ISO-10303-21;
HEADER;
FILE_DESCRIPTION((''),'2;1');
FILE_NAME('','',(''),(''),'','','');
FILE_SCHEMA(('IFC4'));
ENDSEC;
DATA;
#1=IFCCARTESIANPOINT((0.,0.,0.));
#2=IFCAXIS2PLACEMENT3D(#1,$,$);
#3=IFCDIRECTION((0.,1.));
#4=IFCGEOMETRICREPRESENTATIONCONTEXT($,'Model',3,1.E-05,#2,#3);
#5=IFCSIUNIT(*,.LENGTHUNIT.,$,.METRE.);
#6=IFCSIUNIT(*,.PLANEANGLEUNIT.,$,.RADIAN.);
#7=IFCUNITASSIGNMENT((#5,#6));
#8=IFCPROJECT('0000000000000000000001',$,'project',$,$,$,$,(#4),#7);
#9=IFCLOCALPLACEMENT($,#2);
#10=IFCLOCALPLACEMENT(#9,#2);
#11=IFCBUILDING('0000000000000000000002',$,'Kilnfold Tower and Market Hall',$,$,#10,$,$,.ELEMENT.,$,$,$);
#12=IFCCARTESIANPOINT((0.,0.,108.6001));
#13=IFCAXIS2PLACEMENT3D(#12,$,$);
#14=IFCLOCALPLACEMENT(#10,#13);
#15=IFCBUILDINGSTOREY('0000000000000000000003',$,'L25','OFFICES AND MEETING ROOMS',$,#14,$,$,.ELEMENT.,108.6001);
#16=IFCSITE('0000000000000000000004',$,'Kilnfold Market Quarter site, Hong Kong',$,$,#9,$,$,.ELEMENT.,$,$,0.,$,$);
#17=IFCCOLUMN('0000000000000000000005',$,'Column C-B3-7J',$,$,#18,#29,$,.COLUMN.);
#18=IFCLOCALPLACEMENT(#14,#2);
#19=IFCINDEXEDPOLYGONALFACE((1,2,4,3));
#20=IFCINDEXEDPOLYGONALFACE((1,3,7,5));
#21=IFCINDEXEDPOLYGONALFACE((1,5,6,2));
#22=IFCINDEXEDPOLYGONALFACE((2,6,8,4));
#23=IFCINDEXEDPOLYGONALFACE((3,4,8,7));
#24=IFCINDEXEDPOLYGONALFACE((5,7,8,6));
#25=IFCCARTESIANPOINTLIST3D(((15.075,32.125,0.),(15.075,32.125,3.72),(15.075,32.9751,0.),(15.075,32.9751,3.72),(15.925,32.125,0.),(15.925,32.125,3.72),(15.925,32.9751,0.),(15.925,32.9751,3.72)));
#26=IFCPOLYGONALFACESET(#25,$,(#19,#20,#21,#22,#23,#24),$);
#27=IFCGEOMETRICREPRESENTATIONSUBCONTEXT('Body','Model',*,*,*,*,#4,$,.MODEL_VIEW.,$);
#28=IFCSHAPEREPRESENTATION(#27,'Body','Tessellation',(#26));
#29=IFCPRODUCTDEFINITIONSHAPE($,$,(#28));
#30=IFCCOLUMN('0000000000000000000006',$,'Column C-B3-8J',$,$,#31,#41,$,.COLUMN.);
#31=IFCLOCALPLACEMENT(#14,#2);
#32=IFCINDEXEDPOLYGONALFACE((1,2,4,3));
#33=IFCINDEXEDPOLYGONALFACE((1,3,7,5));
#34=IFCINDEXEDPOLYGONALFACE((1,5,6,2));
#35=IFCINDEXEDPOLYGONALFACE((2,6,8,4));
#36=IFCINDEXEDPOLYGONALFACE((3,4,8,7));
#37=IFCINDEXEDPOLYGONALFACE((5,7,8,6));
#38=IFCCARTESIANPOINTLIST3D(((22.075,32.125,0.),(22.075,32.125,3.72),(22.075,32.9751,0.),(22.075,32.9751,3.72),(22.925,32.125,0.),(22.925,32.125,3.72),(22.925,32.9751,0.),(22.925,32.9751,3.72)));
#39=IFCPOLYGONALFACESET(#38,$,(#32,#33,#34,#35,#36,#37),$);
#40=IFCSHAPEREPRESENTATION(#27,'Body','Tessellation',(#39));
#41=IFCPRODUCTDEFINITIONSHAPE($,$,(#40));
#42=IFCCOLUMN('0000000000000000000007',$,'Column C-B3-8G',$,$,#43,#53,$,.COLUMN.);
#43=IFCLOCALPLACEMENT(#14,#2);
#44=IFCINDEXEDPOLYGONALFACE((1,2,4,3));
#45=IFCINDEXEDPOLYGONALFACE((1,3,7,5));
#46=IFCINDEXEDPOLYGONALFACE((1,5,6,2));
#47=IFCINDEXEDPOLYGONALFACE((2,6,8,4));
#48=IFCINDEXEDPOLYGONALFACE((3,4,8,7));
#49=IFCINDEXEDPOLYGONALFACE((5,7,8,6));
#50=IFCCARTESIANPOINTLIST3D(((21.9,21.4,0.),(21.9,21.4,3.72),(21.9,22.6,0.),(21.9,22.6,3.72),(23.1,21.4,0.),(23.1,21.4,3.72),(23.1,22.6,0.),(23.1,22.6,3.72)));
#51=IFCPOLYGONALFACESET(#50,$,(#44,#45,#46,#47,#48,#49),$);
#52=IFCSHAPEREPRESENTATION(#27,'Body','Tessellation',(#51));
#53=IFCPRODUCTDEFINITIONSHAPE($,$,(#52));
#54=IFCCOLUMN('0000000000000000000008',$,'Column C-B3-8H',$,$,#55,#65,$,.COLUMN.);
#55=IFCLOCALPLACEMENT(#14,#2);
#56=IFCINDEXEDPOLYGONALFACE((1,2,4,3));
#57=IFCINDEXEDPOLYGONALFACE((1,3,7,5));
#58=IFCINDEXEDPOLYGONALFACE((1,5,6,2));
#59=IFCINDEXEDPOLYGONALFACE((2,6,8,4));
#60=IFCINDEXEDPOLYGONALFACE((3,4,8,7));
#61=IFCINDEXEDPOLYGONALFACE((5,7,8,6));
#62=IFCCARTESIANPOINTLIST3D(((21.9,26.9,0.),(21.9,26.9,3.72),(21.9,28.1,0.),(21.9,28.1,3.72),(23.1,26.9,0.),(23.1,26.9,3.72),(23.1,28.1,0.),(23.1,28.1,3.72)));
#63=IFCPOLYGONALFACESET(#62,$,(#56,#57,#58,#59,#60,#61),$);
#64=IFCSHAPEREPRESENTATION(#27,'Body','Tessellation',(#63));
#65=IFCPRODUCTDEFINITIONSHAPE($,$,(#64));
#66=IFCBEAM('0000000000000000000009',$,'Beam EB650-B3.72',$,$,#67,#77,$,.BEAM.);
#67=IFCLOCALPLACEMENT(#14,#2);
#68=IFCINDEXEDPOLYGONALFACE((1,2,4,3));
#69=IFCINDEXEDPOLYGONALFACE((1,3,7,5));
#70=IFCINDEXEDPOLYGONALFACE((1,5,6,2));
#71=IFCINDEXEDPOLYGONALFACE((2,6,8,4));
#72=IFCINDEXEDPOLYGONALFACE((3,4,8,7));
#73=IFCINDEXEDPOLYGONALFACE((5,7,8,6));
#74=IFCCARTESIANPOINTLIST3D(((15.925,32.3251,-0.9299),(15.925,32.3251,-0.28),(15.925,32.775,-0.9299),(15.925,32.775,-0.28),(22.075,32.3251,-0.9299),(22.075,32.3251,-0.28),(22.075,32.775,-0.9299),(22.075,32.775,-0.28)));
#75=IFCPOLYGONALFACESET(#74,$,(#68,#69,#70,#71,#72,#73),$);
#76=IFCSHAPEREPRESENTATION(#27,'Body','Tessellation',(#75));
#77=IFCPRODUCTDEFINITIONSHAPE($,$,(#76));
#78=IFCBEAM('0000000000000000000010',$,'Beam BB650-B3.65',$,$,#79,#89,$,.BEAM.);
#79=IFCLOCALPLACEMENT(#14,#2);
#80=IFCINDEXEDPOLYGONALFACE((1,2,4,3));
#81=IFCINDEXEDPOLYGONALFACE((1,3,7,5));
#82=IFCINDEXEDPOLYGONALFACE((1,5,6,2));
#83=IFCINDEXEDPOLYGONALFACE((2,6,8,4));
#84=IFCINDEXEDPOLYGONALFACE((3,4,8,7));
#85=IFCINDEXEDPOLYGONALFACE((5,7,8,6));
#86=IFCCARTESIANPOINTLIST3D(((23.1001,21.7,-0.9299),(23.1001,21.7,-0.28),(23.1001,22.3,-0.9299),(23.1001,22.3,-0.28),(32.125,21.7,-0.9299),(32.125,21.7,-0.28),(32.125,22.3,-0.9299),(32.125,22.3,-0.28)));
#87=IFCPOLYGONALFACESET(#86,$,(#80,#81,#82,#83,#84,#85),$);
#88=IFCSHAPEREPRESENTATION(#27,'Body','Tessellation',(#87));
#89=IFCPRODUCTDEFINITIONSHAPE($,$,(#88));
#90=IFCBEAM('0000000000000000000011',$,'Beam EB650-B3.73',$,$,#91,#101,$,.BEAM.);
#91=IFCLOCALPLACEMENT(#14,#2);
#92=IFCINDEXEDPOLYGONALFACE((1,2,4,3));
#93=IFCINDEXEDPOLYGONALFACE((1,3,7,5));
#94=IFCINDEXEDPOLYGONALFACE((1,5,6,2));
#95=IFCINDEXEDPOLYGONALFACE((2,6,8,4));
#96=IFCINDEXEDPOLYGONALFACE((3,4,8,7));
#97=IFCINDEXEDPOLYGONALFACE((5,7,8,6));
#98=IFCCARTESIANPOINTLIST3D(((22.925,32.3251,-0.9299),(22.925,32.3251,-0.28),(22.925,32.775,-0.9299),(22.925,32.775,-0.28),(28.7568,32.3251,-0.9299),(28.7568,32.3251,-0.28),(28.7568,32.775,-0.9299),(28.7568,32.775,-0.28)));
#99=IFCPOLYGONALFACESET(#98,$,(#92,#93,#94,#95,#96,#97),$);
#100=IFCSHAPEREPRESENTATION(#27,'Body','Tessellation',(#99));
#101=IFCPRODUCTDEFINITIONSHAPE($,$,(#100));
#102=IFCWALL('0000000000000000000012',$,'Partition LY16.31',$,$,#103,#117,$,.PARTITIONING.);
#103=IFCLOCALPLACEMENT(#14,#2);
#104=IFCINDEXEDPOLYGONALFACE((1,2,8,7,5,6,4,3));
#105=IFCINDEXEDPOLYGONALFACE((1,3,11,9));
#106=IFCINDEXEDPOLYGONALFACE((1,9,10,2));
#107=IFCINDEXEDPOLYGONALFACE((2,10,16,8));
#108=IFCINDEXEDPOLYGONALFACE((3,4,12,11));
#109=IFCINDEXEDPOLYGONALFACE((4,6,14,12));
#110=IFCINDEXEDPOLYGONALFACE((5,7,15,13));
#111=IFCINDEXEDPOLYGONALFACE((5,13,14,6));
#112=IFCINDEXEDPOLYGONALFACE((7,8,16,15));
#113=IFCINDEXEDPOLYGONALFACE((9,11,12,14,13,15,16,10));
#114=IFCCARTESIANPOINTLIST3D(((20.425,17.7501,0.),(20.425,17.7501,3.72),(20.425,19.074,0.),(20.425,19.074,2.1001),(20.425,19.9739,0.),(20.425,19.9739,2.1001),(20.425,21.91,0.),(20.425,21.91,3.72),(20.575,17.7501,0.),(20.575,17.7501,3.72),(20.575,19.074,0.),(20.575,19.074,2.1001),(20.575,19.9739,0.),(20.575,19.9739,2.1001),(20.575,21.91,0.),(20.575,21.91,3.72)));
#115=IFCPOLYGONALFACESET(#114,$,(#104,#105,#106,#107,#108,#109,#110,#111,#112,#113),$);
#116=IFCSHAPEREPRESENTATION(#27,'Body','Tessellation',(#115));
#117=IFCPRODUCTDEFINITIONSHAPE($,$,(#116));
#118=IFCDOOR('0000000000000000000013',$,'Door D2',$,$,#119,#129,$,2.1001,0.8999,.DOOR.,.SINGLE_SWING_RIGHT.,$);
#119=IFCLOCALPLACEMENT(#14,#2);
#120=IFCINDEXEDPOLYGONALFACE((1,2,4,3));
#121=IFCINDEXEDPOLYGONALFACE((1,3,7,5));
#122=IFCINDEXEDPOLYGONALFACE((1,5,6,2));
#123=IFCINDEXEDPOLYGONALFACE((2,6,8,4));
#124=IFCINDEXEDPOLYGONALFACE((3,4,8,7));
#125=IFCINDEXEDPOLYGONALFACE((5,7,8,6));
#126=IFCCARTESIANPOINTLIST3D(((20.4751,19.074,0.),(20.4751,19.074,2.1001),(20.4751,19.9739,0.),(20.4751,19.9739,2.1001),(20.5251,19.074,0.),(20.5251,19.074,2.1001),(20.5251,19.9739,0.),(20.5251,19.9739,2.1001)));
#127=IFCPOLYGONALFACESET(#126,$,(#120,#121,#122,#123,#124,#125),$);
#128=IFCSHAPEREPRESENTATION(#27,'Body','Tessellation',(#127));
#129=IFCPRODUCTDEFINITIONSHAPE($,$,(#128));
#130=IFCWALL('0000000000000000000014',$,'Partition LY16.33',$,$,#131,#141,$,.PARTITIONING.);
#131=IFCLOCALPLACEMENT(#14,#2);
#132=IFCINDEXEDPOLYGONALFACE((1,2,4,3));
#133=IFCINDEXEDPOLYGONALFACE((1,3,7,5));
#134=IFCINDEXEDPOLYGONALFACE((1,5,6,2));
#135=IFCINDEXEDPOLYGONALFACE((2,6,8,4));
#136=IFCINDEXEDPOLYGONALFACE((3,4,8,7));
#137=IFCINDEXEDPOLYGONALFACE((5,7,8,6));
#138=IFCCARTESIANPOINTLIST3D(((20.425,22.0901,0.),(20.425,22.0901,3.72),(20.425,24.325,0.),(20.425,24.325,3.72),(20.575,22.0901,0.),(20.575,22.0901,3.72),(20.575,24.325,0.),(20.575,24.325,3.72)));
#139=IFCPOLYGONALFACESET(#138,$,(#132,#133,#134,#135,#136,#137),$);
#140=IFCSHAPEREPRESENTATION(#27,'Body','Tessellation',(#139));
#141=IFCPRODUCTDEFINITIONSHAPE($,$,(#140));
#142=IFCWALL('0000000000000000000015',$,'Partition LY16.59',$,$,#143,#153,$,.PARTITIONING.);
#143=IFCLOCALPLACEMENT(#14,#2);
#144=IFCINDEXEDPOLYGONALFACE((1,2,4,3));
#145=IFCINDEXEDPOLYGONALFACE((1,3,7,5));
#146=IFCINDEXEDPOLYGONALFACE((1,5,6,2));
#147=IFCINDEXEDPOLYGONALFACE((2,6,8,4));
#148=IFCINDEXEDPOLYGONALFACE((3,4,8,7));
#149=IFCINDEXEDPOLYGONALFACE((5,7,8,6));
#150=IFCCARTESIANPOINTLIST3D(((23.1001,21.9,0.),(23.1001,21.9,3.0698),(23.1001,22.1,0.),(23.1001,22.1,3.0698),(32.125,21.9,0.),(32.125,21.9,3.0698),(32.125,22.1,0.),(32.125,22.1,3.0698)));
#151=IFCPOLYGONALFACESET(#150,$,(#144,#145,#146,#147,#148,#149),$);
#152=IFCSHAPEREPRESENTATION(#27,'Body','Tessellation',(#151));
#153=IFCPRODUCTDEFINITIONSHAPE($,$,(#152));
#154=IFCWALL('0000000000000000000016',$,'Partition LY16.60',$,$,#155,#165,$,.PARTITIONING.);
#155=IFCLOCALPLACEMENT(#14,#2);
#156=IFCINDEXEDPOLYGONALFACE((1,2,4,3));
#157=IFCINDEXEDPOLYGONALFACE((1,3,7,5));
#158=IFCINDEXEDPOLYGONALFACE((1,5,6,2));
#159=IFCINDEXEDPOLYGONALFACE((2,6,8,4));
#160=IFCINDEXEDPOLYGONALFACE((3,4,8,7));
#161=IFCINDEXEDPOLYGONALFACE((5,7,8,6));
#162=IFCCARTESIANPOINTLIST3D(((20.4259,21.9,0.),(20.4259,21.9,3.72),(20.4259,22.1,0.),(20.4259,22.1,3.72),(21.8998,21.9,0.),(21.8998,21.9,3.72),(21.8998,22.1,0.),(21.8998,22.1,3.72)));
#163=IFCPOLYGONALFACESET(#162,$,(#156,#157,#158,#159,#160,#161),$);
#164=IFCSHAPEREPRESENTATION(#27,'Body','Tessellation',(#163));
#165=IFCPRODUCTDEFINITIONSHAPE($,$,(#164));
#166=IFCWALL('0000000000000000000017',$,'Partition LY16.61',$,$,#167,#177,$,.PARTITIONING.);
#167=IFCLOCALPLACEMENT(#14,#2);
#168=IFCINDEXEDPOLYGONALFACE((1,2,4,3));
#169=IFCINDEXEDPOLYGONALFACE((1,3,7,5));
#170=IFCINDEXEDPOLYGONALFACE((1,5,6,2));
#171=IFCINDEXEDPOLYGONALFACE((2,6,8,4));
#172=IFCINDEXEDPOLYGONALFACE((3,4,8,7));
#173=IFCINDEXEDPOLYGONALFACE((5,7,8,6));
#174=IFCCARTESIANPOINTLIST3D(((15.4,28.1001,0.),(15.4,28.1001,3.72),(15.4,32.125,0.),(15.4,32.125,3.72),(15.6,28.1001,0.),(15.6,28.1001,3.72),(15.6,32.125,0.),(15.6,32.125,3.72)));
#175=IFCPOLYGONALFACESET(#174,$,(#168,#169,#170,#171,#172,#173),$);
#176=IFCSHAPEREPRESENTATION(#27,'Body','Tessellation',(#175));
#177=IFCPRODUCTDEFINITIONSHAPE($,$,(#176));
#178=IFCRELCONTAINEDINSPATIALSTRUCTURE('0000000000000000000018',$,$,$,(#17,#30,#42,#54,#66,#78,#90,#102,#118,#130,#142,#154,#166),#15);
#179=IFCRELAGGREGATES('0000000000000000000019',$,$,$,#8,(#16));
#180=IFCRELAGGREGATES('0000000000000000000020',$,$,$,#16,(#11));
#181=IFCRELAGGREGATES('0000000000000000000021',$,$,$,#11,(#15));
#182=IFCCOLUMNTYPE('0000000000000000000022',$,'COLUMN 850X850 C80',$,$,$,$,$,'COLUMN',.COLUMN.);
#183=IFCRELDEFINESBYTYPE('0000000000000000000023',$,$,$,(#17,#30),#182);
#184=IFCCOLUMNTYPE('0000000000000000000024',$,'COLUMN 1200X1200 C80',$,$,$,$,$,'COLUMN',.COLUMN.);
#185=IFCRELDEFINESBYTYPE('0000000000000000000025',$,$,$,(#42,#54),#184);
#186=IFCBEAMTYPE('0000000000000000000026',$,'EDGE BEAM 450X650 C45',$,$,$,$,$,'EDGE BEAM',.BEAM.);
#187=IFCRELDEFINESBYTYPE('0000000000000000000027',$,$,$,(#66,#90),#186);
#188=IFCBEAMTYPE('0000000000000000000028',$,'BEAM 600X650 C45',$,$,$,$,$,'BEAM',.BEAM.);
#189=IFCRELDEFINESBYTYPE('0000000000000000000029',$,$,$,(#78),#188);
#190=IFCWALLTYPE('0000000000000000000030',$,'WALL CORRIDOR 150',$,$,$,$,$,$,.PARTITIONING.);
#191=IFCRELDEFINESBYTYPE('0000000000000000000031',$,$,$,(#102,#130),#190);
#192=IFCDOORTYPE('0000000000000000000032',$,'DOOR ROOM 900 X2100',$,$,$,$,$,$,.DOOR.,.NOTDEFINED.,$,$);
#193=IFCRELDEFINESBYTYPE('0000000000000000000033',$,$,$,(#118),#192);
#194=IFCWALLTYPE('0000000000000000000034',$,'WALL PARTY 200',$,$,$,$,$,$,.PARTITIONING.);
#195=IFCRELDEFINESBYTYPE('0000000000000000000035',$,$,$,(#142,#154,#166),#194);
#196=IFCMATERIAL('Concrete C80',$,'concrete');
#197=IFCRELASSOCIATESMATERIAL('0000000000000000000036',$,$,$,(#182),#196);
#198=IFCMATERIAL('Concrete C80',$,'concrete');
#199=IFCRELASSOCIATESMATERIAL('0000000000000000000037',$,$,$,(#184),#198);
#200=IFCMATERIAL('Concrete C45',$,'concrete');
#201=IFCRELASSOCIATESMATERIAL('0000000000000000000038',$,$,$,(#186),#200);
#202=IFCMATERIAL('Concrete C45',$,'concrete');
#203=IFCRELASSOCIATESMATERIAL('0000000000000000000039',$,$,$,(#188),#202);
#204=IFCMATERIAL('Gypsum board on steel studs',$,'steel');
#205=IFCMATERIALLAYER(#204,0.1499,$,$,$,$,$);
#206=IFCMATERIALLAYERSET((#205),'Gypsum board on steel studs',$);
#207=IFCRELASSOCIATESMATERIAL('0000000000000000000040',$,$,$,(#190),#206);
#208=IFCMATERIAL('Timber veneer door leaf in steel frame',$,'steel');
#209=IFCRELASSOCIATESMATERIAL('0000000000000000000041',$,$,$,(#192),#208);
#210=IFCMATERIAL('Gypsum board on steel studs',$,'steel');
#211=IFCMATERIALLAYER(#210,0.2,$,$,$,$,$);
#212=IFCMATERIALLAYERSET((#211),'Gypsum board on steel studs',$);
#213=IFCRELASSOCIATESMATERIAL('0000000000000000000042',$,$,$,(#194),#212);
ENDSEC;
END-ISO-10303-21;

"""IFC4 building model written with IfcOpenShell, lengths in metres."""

from ifc_helpers import new_model, si_unit, direction, frame, frame_2d, origin, origin_2d, place, context, subcontext, project, spatial, rectangle, extrude, source, transform, mapped, material, layer, layer_set, material_profile, profile_set, type_object, element, fill, save


model = new_model("IFC4")

# Units and contexts
model_context = context("Model", 3, precision=1e-05, world=origin(), true_north=direction((0.0, 1.0)))
body_context = subcontext(model_context, "Body", "Model", "MODEL_VIEW")
ifc_project = project(units=[si_unit("LENGTHUNIT", "METRE"), si_unit("PLANEANGLEUNIT", "RADIAN")], contexts=[model_context])

# Site, building, storey
site_placement = place(None, origin())
site = spatial("IfcSite", under=ifc_project, at=site_placement, Name="Kilnfold Market Quarter site, Hong Kong", CompositionType="ELEMENT", RefElevation=0.0)
building_placement = place(site_placement, origin())
building = spatial("IfcBuilding", under=site, at=building_placement, Name="Kilnfold Tower and Market Hall", CompositionType="ELEMENT")
storey_placement = place(building_placement, frame((0.0, 0.0, 108.6001)))
storey = spatial("IfcBuildingStorey", under=building, at=storey_placement, Name="L25", Description="OFFICES AND MEETING ROOMS", CompositionType="ELEMENT", Elevation=108.6001)

# Columns
ifc_material_1 = material(Name="Concrete C80", Category="concrete")
ifc_material_profile_1 = material_profile(ifc_material_1, rectangle(XDim=0.8501, YDim=0.8501, at=origin_2d()), Name="RC 850x850")
ifc_profile_set_1 = profile_set([ifc_material_profile_1], Name="Concrete C80")
column_type_1 = type_object("IfcColumnType", Name="COLUMN 850X850 C80", ElementType="COLUMN", PredefinedType="COLUMN", material=ifc_profile_set_1)
shared_shape_1 = source(origin(), body_context, "Body", "SweptSolid", [
    extrude(rectangle(XDim=0.8501, YDim=0.8501, at=origin_2d()), origin(), (0.0, 0.0, 1.0), 3.72),
])
for number, where, z_axis, x_axis, name in (
    (1, (15.5, 32.55, 0.0), (0.0, 0.0, 1.0), (1.0, 0.0, 0.0), "Column C-B3-7J"),
    (2, (22.5, 32.55, 0.0), (0.0, 0.0, 1.0), (1.0, 0.0, 0.0), "Column C-B3-8J"),
):
    element("IfcColumn", number, at=place(storey_placement, frame(where, z_axis=z_axis, x_axis=x_axis)), inside=storey, type_object=column_type_1, Name=name, PredefinedType="COLUMN", context=body_context, shape_type="MappedRepresentation", body=[
        mapped(shared_shape_1, transform((0.0, 0.0, 0.0))),
    ])
ifc_material_2 = material(Name="Concrete C80", Category="concrete")
ifc_material_profile_2 = material_profile(ifc_material_2, rectangle(XDim=1.2, YDim=1.2, at=origin_2d()), Name="RC 1200x1200")
ifc_profile_set_2 = profile_set([ifc_material_profile_2], Name="Concrete C80")
column_type_2 = type_object("IfcColumnType", Name="COLUMN 1200X1200 C80", ElementType="COLUMN", PredefinedType="COLUMN", material=ifc_profile_set_2)
shared_shape_2 = source(origin(), body_context, "Body", "SweptSolid", [
    extrude(rectangle(XDim=1.2, YDim=1.2, at=origin_2d()), origin(), (0.0, 0.0, 1.0), 3.72),
])
for number, where, z_axis, x_axis, name in (
    (3, (22.5, 22.0, 0.0), (0.0, 0.0, 1.0), (1.0, 0.0, 0.0), "Column C-B3-8G"),
    (4, (22.5, 27.5, 0.0), (0.0, 0.0, 1.0), (1.0, 0.0, 0.0), "Column C-B3-8H"),
):
    element("IfcColumn", number, at=place(storey_placement, frame(where, z_axis=z_axis, x_axis=x_axis)), inside=storey, type_object=column_type_2, Name=name, PredefinedType="COLUMN", context=body_context, shape_type="MappedRepresentation", body=[
        mapped(shared_shape_2, transform((0.0, 0.0, 0.0))),
    ])

# Beams
ifc_material_3 = material(Name="Concrete C45", Category="concrete")
ifc_material_profile_3 = material_profile(ifc_material_3, rectangle(XDim=0.45, YDim=0.6499, at=origin_2d()), Name="RC 450x650")
ifc_profile_set_3 = profile_set([ifc_material_profile_3], Name="Concrete C45")
beam_type_1 = type_object("IfcBeamType", Name="EDGE BEAM 450X650 C45", ElementType="EDGE BEAM", PredefinedType="BEAM", material=ifc_profile_set_3)
shared_shape_3 = source(origin(), body_context, "Body", "SweptSolid", [
    extrude(rectangle(XDim=0.45, YDim=0.6499, at=origin_2d()), origin(), (0.0, 0.0, 1.0), 6.1499),
])
beam_1_placement = place(storey_placement, frame((15.925, 32.55, -0.605), z_axis=(1.0, 0.0, 0.0), x_axis=(0.0, 1.0, 0.0)))
element("IfcBeam", 5, at=beam_1_placement, inside=storey, type_object=beam_type_1, Name="Beam EB650-B3.72", PredefinedType="BEAM", context=body_context, shape_type="MappedRepresentation", body=[
    mapped(shared_shape_3, transform((0.0, 0.0, 0.0))),
])
ifc_material_4 = material(Name="Concrete C45", Category="concrete")
ifc_material_profile_4 = material_profile(ifc_material_4, rectangle(XDim=0.6001, YDim=0.6499, at=origin_2d()), Name="RC 600x650")
ifc_profile_set_4 = profile_set([ifc_material_profile_4], Name="Concrete C45")
beam_type_2 = type_object("IfcBeamType", Name="BEAM 600X650 C45", ElementType="BEAM", PredefinedType="BEAM", material=ifc_profile_set_4)
shared_shape_4 = source(origin(), body_context, "Body", "SweptSolid", [
    extrude(rectangle(XDim=0.6001, YDim=0.6499, at=origin_2d()), origin(), (0.0, 0.0, 1.0), 9.0249),
])
beam_2_placement = place(storey_placement, frame((23.1001, 22.0, -0.605), z_axis=(1.0, 0.0, 0.0), x_axis=(0.0, 1.0, 0.0)))
element("IfcBeam", 6, at=beam_2_placement, inside=storey, type_object=beam_type_2, Name="Beam BB650-B3.65", PredefinedType="BEAM", context=body_context, shape_type="MappedRepresentation", body=[
    mapped(shared_shape_4, transform((0.0, 0.0, 0.0))),
])
shared_shape_5 = source(origin(), body_context, "Body", "SweptSolid", [
    extrude(rectangle(XDim=0.45, YDim=0.6499, at=origin_2d()), origin(), (0.0, 0.0, 1.0), 5.8318),
])
beam_3_placement = place(storey_placement, frame((22.925, 32.55, -0.605), z_axis=(1.0, 0.0, 0.0), x_axis=(0.0, 1.0, 0.0)))
element("IfcBeam", 7, at=beam_3_placement, inside=storey, type_object=beam_type_1, Name="Beam EB650-B3.73", PredefinedType="BEAM", context=body_context, shape_type="MappedRepresentation", body=[
    mapped(shared_shape_5, transform((0.0, 0.0, 0.0))),
])

# Wall, opening, door
ifc_material_5 = material(Name="Gypsum board on steel studs", Category="steel")
ifc_layer_1 = layer(ifc_material_5, 0.1499)
ifc_layer_set_1 = layer_set([ifc_layer_1], Name="Gypsum board on steel studs")
wall_type_1 = type_object("IfcWallType", Name="WALL CORRIDOR 150", PredefinedType="PARTITIONING", material=ifc_layer_set_1)
wall_1_placement = place(storey_placement, frame((20.5, 17.75, 0.0), z_axis=(0.0, 0.0, 1.0), x_axis=(0.0, 1.0, 0.0)))
wall_1 = element("IfcWall", 8, at=wall_1_placement, inside=storey, type_object=wall_type_1, Name="Partition LY16.31", PredefinedType="PARTITIONING", context=body_context, shape_type="SweptSolid", body=[
    extrude(rectangle(XDim=4.1599, YDim=0.1499, at=frame_2d((2.0801, 0.0))), origin(), (0.0, 0.0, 1.0), 3.72),
])
opening_1_placement = place(wall_1_placement, frame((1.324, 0.0, 0.0)))
opening_1 = element("IfcOpeningElement", 9, at=opening_1_placement, cuts=wall_1, PredefinedType="OPENING", context=body_context, shape_type="SweptSolid", body=[
    extrude(rectangle(XDim=0.8999, YDim=2.1001, at=frame_2d((0.45, 1.05))), frame((0.0, 0.085, 0.0), z_axis=(0.0, -1.0, 0.0), x_axis=(1.0, 0.0, 0.0)), (0.0, 0.0, 1.0), 0.1699),
])
ifc_material_6 = material(Name="Timber veneer door leaf in steel frame", Category="steel")
door_type = type_object("IfcDoorType", Name="DOOR ROOM 900 X2100", OperationType="NOTDEFINED", PredefinedType="DOOR", material=ifc_material_6)
door_placement = place(opening_1_placement, origin())
door = element("IfcDoor", 10, at=door_placement, inside=storey, type_object=door_type, Name="Door D2", OperationType="SINGLE_SWING_RIGHT", OverallHeight=2.1001, OverallWidth=0.8999, PredefinedType="DOOR", context=body_context, shape_type="SweptSolid", body=[
    extrude(rectangle(XDim=0.8999, YDim=2.1001, at=frame_2d((0.45, 1.05))), frame((0.0, 0.0249, 0.0), z_axis=(0.0, -1.0, 0.0), x_axis=(1.0, 0.0, 0.0)), (0.0, 0.0, 1.0), 0.05),
])
fill(opening_1, door)

# Walls
wall_2_placement = place(storey_placement, frame((20.5, 22.0901, 0.0), z_axis=(0.0, 0.0, 1.0), x_axis=(0.0, 1.0, 0.0)))
element("IfcWall", 11, at=wall_2_placement, inside=storey, type_object=wall_type_1, Name="Partition LY16.33", PredefinedType="PARTITIONING", context=body_context, shape_type="SweptSolid", body=[
    extrude(rectangle(XDim=2.2349, YDim=0.1499, at=frame_2d((1.1174, 0.0))), origin(), (0.0, 0.0, 1.0), 3.72),
])
ifc_material_7 = material(Name="Gypsum board on steel studs", Category="steel")
ifc_layer_2 = layer(ifc_material_7, 0.2)
ifc_layer_set_2 = layer_set([ifc_layer_2], Name="Gypsum board on steel studs")
wall_type_2 = type_object("IfcWallType", Name="WALL PARTY 200", PredefinedType="PARTITIONING", material=ifc_layer_set_2)
wall_3_placement = place(storey_placement, frame((23.1001, 22.0, 0.0), z_axis=(0.0, 0.0, 1.0), x_axis=(1.0, 0.0, 0.0)))
element("IfcWall", 12, at=wall_3_placement, inside=storey, type_object=wall_type_2, Name="Partition LY16.59", PredefinedType="PARTITIONING", context=body_context, shape_type="SweptSolid", body=[
    extrude(rectangle(XDim=9.0249, YDim=0.2, at=frame_2d((4.5125, 0.0))), origin(), (0.0, 0.0, 1.0), 3.0698),
])
wall_4_placement = place(storey_placement, frame((20.426, 22.0, 0.0), z_axis=(0.0, 0.0, 1.0), x_axis=(1.0, 0.0, 0.0)))
element("IfcWall", 13, at=wall_4_placement, inside=storey, type_object=wall_type_2, Name="Partition LY16.60", PredefinedType="PARTITIONING", context=body_context, shape_type="SweptSolid", body=[
    extrude(rectangle(XDim=1.4739, YDim=0.2, at=frame_2d((0.7368, 0.0))), origin(), (0.0, 0.0, 1.0), 3.72),
])
wall_5_placement = place(storey_placement, frame((15.5, 28.1001, 0.0), z_axis=(0.0, 0.0, 1.0), x_axis=(0.0, 1.0, 0.0)))
element("IfcWall", 14, at=wall_5_placement, inside=storey, type_object=wall_type_2, Name="Partition LY16.61", PredefinedType="PARTITIONING", context=body_context, shape_type="SweptSolid", body=[
    extrude(rectangle(XDim=4.0249, YDim=0.2, at=frame_2d((2.0125, 0.0))), origin(), (0.0, 0.0, 1.0), 3.72),
])

save(model, "model.ifc")
